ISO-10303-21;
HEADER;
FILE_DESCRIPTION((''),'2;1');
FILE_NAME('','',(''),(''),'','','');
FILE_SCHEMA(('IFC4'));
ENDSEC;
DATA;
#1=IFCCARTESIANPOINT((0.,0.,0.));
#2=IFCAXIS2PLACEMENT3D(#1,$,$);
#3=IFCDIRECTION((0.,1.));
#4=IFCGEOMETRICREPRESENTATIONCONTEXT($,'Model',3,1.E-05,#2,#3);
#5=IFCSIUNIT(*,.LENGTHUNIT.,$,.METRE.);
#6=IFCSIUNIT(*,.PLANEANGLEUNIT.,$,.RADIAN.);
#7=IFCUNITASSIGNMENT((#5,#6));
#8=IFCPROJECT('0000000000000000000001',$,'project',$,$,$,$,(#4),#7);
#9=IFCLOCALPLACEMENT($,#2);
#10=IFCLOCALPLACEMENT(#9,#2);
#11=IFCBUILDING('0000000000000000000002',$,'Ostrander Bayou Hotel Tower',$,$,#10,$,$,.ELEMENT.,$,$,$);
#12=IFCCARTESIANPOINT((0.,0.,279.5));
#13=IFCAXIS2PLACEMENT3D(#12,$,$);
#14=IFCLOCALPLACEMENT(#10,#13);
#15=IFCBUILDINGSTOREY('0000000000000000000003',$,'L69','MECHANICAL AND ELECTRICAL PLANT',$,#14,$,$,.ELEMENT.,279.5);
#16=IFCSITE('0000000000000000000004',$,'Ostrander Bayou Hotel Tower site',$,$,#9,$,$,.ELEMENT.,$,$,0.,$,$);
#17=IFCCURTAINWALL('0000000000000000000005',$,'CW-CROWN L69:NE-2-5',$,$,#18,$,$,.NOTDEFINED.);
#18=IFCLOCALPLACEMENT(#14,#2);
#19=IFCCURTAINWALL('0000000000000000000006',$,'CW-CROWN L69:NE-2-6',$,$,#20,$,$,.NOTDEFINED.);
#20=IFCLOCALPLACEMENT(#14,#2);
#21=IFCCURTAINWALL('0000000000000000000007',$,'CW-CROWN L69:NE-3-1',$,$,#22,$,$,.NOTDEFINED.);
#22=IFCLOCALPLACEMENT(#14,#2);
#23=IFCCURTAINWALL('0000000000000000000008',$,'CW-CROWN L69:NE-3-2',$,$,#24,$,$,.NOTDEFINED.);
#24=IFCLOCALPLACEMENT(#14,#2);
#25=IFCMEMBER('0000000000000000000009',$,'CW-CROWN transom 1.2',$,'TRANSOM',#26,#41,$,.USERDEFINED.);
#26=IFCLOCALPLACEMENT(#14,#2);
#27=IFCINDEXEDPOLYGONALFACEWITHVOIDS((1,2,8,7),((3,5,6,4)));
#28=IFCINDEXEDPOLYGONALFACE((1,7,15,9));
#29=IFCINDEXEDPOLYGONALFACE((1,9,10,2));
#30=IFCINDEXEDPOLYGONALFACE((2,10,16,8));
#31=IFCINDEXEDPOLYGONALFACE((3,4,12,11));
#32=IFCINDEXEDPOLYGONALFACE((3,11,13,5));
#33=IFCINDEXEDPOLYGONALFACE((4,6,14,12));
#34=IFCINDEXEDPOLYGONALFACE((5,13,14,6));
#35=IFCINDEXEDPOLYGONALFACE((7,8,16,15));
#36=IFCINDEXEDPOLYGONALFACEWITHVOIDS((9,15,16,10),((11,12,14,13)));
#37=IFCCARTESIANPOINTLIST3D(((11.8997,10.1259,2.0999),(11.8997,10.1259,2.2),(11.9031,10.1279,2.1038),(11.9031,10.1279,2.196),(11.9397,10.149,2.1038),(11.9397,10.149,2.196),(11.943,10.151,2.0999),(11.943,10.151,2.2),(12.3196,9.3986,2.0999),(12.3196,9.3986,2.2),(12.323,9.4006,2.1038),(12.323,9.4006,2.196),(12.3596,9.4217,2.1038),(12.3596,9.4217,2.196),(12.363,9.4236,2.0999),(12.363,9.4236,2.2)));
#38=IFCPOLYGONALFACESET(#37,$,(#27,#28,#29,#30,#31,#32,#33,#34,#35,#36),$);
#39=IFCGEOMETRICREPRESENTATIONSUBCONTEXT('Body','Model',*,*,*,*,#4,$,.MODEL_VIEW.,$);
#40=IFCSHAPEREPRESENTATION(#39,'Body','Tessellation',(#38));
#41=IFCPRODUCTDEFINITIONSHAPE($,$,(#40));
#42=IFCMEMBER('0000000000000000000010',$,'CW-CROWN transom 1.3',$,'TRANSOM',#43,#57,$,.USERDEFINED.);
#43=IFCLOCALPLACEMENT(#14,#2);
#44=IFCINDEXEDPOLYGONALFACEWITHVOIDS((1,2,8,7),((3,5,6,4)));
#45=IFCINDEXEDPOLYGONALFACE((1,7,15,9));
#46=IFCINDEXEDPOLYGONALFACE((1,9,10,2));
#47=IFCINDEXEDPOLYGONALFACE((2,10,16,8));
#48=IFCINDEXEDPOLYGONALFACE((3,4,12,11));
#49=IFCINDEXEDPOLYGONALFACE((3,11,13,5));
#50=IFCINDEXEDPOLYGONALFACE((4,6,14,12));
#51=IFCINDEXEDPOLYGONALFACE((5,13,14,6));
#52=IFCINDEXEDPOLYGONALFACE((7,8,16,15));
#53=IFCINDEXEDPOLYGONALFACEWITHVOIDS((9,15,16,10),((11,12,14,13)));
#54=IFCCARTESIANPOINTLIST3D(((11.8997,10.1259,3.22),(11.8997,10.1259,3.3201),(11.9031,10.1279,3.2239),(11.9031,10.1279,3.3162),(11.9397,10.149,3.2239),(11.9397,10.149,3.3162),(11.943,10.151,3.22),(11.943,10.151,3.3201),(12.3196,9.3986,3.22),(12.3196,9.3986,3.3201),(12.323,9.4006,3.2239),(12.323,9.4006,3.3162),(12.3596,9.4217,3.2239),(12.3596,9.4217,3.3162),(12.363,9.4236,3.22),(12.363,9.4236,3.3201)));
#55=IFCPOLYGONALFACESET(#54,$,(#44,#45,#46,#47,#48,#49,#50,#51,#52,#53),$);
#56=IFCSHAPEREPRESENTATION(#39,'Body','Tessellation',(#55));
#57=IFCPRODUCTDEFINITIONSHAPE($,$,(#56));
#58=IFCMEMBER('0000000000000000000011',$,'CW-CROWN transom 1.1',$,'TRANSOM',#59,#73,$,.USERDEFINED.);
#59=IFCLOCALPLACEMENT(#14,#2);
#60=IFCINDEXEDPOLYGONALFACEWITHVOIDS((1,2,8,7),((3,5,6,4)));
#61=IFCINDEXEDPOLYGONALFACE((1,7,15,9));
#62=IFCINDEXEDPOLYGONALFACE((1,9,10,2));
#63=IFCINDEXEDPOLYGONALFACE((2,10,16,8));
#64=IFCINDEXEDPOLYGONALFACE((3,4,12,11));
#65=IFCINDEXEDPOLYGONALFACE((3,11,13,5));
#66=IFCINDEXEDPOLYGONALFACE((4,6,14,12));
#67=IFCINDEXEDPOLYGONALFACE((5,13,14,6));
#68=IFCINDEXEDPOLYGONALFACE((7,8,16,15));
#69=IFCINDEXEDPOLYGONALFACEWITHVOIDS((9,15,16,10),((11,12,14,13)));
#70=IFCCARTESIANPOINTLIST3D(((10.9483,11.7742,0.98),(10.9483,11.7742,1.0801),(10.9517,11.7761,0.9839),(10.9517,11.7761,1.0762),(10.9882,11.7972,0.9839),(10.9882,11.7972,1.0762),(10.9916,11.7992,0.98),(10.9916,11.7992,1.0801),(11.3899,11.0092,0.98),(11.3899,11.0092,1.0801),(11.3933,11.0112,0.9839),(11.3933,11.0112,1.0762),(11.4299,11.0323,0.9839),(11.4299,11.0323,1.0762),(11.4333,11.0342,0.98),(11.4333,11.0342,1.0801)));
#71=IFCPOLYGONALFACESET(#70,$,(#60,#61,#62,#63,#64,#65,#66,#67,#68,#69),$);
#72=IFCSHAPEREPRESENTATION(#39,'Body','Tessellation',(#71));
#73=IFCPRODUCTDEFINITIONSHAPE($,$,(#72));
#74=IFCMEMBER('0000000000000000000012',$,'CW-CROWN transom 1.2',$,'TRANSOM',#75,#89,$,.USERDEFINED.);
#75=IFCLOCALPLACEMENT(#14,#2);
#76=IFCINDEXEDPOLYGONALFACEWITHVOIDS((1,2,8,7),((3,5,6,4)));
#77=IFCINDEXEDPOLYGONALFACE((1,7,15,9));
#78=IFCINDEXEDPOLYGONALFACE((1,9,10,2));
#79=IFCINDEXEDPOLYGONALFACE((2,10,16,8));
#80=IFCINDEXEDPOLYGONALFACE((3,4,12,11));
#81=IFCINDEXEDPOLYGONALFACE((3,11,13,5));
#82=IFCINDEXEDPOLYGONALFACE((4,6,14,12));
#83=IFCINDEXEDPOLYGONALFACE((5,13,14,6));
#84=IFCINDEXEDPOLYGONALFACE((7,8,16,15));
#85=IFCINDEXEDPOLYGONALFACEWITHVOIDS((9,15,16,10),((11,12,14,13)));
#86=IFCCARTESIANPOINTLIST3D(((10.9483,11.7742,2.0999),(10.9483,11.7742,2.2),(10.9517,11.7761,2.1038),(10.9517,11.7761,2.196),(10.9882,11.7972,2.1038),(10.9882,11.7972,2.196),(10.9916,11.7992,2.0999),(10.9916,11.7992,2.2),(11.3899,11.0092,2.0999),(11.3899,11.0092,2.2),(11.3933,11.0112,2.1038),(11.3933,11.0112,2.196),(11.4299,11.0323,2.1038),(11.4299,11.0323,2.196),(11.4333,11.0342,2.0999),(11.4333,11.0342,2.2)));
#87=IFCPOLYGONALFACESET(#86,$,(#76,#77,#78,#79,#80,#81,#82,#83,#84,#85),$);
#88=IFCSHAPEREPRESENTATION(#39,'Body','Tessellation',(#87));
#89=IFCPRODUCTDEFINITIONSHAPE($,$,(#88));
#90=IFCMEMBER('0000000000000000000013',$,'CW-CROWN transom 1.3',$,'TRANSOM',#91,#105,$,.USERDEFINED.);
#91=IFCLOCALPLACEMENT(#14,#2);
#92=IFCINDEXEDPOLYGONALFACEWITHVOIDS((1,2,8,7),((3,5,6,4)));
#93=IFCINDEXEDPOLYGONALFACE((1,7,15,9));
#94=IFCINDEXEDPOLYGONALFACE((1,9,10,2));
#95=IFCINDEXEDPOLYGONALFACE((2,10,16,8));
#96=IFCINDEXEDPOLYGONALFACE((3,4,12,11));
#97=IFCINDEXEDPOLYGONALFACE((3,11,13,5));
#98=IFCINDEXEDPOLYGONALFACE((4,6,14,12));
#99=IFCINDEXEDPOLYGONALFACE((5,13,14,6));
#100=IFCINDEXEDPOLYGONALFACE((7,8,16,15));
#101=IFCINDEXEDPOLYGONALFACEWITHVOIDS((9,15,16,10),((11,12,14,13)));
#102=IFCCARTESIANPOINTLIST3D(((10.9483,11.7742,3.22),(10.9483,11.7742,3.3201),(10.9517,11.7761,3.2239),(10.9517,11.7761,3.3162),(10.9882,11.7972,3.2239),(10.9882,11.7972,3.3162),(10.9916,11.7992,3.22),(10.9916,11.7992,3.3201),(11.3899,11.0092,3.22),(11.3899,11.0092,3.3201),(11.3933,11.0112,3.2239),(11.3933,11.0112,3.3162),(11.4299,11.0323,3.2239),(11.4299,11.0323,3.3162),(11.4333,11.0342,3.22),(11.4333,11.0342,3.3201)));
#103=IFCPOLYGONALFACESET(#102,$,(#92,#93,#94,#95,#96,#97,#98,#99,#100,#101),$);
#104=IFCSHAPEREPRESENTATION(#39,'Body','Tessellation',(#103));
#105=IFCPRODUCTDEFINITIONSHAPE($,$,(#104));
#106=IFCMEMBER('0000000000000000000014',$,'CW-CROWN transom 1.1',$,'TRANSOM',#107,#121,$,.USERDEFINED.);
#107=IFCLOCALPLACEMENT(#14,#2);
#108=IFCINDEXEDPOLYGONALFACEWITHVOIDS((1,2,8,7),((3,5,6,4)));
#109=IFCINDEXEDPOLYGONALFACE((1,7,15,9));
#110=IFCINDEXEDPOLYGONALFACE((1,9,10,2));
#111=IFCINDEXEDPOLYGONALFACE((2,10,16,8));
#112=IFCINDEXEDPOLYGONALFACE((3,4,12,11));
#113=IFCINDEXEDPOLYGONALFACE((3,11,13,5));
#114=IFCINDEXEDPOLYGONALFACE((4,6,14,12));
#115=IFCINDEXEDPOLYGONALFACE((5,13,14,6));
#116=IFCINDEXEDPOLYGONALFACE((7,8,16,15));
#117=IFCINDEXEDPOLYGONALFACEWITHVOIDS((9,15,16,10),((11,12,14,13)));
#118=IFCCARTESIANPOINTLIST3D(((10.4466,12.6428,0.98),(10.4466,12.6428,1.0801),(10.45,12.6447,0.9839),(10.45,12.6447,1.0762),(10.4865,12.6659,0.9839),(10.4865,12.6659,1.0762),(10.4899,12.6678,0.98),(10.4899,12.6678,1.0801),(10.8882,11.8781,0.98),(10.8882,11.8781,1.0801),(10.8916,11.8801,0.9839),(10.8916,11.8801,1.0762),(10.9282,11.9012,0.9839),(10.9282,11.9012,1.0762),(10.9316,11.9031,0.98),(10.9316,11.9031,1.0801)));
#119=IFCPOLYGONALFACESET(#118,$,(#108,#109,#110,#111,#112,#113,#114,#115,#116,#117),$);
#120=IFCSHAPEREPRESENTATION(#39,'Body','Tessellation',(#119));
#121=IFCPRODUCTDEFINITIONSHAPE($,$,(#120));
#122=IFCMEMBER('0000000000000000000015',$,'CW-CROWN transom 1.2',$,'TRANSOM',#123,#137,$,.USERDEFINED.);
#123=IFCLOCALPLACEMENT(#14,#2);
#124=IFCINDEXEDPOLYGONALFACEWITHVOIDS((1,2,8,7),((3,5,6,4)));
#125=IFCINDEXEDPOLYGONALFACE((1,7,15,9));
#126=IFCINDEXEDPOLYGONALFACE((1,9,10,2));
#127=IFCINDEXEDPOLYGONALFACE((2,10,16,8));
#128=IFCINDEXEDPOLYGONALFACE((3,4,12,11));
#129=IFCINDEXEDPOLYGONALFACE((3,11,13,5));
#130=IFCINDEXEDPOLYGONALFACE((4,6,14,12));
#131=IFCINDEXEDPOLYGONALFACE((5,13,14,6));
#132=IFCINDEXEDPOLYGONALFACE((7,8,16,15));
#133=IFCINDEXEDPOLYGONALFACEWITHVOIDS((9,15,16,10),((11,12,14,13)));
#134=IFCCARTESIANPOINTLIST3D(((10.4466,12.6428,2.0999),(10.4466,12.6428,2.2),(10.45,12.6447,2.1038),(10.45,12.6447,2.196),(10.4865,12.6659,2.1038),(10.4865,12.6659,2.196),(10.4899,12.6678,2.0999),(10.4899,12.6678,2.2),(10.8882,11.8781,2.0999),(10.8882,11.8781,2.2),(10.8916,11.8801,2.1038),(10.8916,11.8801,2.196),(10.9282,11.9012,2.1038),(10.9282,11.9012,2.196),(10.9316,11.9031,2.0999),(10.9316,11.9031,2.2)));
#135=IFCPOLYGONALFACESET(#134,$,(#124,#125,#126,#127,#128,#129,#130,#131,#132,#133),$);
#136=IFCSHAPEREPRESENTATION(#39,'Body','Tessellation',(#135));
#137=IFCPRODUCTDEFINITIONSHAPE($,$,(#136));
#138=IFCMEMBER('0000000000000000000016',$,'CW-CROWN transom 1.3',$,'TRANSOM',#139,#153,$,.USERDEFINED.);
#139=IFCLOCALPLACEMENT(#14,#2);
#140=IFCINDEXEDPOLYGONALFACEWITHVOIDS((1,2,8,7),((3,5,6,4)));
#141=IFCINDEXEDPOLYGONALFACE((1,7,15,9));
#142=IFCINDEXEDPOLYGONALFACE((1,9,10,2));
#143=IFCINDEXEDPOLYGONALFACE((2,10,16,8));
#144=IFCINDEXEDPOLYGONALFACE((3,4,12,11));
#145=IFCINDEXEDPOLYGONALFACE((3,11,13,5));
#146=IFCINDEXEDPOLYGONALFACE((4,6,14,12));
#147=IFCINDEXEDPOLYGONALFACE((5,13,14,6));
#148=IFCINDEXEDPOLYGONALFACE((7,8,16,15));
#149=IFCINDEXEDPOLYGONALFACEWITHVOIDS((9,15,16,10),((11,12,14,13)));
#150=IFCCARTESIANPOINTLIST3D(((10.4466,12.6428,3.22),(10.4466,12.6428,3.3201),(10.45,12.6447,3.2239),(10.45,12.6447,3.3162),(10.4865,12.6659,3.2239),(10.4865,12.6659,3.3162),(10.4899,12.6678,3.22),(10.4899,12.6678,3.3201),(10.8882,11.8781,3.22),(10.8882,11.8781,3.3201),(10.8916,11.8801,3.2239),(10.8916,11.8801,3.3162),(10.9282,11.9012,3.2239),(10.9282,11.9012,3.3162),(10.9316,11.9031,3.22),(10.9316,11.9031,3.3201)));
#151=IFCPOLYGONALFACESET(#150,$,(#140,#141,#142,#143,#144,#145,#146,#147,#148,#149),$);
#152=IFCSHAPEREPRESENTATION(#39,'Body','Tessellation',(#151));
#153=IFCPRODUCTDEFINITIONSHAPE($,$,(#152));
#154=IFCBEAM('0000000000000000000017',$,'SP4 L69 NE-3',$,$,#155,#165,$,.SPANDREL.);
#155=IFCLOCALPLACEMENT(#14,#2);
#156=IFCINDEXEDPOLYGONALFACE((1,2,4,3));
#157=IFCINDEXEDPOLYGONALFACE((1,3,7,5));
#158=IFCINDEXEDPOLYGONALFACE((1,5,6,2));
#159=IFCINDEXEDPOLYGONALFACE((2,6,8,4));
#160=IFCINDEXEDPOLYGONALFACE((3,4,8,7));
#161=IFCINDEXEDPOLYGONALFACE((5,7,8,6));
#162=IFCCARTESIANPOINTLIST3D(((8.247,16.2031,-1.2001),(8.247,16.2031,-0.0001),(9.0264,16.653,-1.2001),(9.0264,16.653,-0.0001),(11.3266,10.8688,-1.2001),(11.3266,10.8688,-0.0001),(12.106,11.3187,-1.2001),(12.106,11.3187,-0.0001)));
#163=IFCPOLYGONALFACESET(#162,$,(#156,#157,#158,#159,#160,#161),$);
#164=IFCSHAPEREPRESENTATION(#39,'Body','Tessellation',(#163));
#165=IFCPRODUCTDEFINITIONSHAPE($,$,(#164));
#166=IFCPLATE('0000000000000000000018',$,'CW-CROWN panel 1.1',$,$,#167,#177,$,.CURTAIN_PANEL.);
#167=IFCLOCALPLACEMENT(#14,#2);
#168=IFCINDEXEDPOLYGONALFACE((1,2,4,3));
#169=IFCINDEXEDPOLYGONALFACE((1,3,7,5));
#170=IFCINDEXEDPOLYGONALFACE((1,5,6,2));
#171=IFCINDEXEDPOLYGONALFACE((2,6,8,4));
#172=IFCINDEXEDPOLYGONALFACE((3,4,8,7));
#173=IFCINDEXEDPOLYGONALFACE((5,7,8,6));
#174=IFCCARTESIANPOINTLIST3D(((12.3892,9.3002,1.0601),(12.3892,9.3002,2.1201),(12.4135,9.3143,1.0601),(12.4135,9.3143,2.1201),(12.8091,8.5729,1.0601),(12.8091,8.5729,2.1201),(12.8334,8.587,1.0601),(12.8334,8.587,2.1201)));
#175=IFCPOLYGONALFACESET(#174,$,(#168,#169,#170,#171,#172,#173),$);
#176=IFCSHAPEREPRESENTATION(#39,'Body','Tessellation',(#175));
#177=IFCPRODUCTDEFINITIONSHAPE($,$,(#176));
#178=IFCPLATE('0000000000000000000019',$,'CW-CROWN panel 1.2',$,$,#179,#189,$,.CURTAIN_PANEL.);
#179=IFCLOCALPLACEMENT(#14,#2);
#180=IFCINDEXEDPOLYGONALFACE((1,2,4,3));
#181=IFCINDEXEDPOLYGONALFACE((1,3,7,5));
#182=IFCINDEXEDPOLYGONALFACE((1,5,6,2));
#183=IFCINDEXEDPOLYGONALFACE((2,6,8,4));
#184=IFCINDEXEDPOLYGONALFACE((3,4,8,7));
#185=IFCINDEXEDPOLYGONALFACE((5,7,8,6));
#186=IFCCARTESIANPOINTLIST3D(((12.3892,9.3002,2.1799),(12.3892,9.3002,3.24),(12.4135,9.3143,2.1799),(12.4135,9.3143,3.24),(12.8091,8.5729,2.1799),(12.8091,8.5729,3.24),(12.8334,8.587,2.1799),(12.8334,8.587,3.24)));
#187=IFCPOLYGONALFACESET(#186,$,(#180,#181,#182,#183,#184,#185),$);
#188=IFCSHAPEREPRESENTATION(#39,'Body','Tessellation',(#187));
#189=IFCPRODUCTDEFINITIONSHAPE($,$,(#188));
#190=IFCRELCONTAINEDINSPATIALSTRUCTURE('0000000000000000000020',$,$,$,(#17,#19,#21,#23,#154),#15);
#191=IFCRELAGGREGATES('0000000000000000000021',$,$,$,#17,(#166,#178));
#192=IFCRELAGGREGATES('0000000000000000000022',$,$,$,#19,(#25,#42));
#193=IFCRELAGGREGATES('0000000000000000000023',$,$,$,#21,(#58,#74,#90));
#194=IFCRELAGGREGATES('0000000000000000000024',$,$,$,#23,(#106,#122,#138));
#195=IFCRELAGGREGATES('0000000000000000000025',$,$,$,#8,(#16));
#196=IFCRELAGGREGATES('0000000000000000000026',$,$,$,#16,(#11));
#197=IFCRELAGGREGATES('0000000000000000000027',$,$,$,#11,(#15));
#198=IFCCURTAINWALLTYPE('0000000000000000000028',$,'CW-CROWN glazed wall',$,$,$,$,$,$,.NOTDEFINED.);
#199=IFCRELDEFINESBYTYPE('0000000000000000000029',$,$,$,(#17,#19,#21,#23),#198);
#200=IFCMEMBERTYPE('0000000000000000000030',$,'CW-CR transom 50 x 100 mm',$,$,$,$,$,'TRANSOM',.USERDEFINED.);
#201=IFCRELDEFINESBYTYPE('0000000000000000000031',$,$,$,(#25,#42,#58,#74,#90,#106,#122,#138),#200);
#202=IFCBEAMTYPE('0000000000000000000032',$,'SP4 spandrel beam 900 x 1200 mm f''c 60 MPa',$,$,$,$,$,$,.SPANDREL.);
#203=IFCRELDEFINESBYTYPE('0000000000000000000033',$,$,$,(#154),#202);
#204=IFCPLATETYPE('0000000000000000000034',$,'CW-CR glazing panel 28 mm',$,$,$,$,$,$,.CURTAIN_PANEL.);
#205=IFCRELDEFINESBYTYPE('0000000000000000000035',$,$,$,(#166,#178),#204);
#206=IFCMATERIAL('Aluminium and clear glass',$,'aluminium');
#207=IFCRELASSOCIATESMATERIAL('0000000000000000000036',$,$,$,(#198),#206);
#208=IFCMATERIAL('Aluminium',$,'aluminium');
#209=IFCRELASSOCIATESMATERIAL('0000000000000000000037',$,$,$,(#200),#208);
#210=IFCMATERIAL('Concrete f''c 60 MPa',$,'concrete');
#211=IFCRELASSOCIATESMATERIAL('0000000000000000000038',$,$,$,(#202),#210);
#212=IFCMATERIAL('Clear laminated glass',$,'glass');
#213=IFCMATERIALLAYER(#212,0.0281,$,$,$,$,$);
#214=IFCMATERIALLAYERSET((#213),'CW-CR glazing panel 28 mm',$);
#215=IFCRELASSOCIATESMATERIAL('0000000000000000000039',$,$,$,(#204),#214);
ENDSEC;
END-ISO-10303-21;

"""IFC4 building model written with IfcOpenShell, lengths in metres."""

from ifc_helpers import new_model, si_unit, direction, frame, origin, origin_2d, place, context, subcontext, project, spatial, rectangle, hollow_rectangle, extrude, material, layer, layer_set, material_profile, profile_set, type_object, element, aggregate, save


model = new_model("IFC4")

# Units and contexts
model_context = context("Model", 3, precision=1e-05, world=origin(), true_north=direction((0.0, 1.0)))
body_context = subcontext(model_context, "Body", "Model", "MODEL_VIEW")
ifc_project = project(units=[si_unit("LENGTHUNIT", "METRE"), si_unit("PLANEANGLEUNIT", "RADIAN")], contexts=[model_context])

# Site, building, storey
site_placement = place(None, origin())
site = spatial("IfcSite", under=ifc_project, at=site_placement, Name="Ostrander Bayou Hotel Tower site", CompositionType="ELEMENT", RefElevation=0.0)
building_placement = place(site_placement, origin())
building = spatial("IfcBuilding", under=site, at=building_placement, Name="Ostrander Bayou Hotel Tower", CompositionType="ELEMENT")
storey_placement = place(building_placement, frame((0.0, 0.0, 279.5)))
storey = spatial("IfcBuildingStorey", under=building, at=storey_placement, Name="L69", Description="MECHANICAL AND ELECTRICAL PLANT", CompositionType="ELEMENT", Elevation=279.5)

# Curtain wall
ifc_material_1 = material(Name="Aluminium and clear glass", Category="aluminium")
curtain_wall_type = type_object("IfcCurtainWallType", Name="CW-CROWN glazed wall", PredefinedType="NOTDEFINED", material=ifc_material_1)
curtain_wall_1_placement = place(storey_placement, origin())
curtain_wall_1 = element("IfcCurtainWall", 1, at=curtain_wall_1_placement, inside=storey, type_object=curtain_wall_type, Name="CW-CROWN L69:NE-2-5", PredefinedType="NOTDEFINED")

# Curtain walls
curtain_wall_2_placement = place(storey_placement, origin())
curtain_wall_2 = element("IfcCurtainWall", 2, at=curtain_wall_2_placement, inside=storey, type_object=curtain_wall_type, Name="CW-CROWN L69:NE-2-6", PredefinedType="NOTDEFINED")
curtain_wall_3_placement = place(storey_placement, origin())
curtain_wall_3 = element("IfcCurtainWall", 3, at=curtain_wall_3_placement, inside=storey, type_object=curtain_wall_type, Name="CW-CROWN L69:NE-3-1", PredefinedType="NOTDEFINED")
curtain_wall_4_placement = place(storey_placement, origin())
curtain_wall_4 = element("IfcCurtainWall", 4, at=curtain_wall_4_placement, inside=storey, type_object=curtain_wall_type, Name="CW-CROWN L69:NE-3-2", PredefinedType="NOTDEFINED")

# Members
ifc_material_2 = material(Name="Aluminium", Category="aluminium")
ifc_material_profile_1 = material_profile(ifc_material_2, hollow_rectangle(XDim=0.05, YDim=0.1001, WallThickness=0.0039, at=origin_2d()))
ifc_profile_set_1 = profile_set([ifc_material_profile_1], Name="Aluminium")
member_type_1 = type_object("IfcMemberType", Name="CW-CR transom 50 x 100 mm", ElementType="TRANSOM", PredefinedType="USERDEFINED", material=ifc_profile_set_1)
member_1_placement = place(storey_placement, frame((12.3413, 9.4111, 2.1499), z_axis=(-0.500016, 0.866016, 0.0), x_axis=(-0.866016, -0.500016, 0.0)))
member_1 = element("IfcMember", 5, at=member_1_placement, type_object=member_type_1, Name="CW-CROWN transom 1.2", ObjectType="TRANSOM", PredefinedType="USERDEFINED", context=body_context, shape_type="SweptSolid", body=[
    extrude(hollow_rectangle(XDim=0.05, YDim=0.1001, WallThickness=0.0039, at=origin_2d()), origin(), (0.0, 0.0, 1.0), 0.8398),
])
member_2_placement = place(storey_placement, frame((12.3413, 9.4111, 3.27), z_axis=(-0.500016, 0.866016, 0.0), x_axis=(-0.866016, -0.500016, 0.0)))
member_2 = element("IfcMember", 6, at=member_2_placement, type_object=member_type_1, Name="CW-CROWN transom 1.3", ObjectType="TRANSOM", PredefinedType="USERDEFINED", context=body_context, shape_type="SweptSolid", body=[
    extrude(hollow_rectangle(XDim=0.05, YDim=0.1001, WallThickness=0.0039, at=origin_2d()), origin(), (0.0, 0.0, 1.0), 0.8398),
])
member_3_placement = place(storey_placement, frame((11.4116, 11.0217, 1.03), z_axis=(-0.500034, 0.866006, 0.0), x_axis=(-0.866006, -0.500034, 0.0)))
member_3 = element("IfcMember", 7, at=member_3_placement, type_object=member_type_1, Name="CW-CROWN transom 1.1", ObjectType="TRANSOM", PredefinedType="USERDEFINED", context=body_context, shape_type="SweptSolid", body=[
    extrude(hollow_rectangle(XDim=0.05, YDim=0.1001, WallThickness=0.0039, at=origin_2d()), origin(), (0.0, 0.0, 1.0), 0.8833),
])
member_4_placement = place(storey_placement, frame((11.4116, 11.0217, 2.1499), z_axis=(-0.500034, 0.866006, 0.0), x_axis=(-0.866006, -0.500034, 0.0)))
member_4 = element("IfcMember", 8, at=member_4_placement, type_object=member_type_1, Name="CW-CROWN transom 1.2", ObjectType="TRANSOM", PredefinedType="USERDEFINED", context=body_context, shape_type="SweptSolid", body=[
    extrude(hollow_rectangle(XDim=0.05, YDim=0.1001, WallThickness=0.0039, at=origin_2d()), origin(), (0.0, 0.0, 1.0), 0.8833),
])
member_5_placement = place(storey_placement, frame((11.4116, 11.0217, 3.27), z_axis=(-0.500034, 0.866006, 0.0), x_axis=(-0.866006, -0.500034, 0.0)))
member_5 = element("IfcMember", 9, at=member_5_placement, type_object=member_type_1, Name="CW-CROWN transom 1.3", ObjectType="TRANSOM", PredefinedType="USERDEFINED", context=body_context, shape_type="SweptSolid", body=[
    extrude(hollow_rectangle(XDim=0.05, YDim=0.1001, WallThickness=0.0039, at=origin_2d()), origin(), (0.0, 0.0, 1.0), 0.8833),
])
member_6_placement = place(storey_placement, frame((10.9099, 11.8906, 1.03), z_axis=(-0.500153, 0.865937, 0.0), x_axis=(-0.865937, -0.500153, 0.0)))
member_6 = element("IfcMember", 10, at=member_6_placement, type_object=member_type_1, Name="CW-CROWN transom 1.1", ObjectType="TRANSOM", PredefinedType="USERDEFINED", context=body_context, shape_type="SweptSolid", body=[
    extrude(hollow_rectangle(XDim=0.05, YDim=0.1001, WallThickness=0.0039, at=origin_2d()), origin(), (0.0, 0.0, 1.0), 0.8831),
])
member_7_placement = place(storey_placement, frame((10.9099, 11.8906, 2.1499), z_axis=(-0.500153, 0.865937, 0.0), x_axis=(-0.865937, -0.500153, 0.0)))
member_7 = element("IfcMember", 11, at=member_7_placement, type_object=member_type_1, Name="CW-CROWN transom 1.2", ObjectType="TRANSOM", PredefinedType="USERDEFINED", context=body_context, shape_type="SweptSolid", body=[
    extrude(hollow_rectangle(XDim=0.05, YDim=0.1001, WallThickness=0.0039, at=origin_2d()), origin(), (0.0, 0.0, 1.0), 0.8831),
])
member_8_placement = place(storey_placement, frame((10.9099, 11.8906, 3.27), z_axis=(-0.500153, 0.865937, 0.0), x_axis=(-0.865937, -0.500153, 0.0)))
member_8 = element("IfcMember", 12, at=member_8_placement, type_object=member_type_1, Name="CW-CROWN transom 1.3", ObjectType="TRANSOM", PredefinedType="USERDEFINED", context=body_context, shape_type="SweptSolid", body=[
    extrude(hollow_rectangle(XDim=0.05, YDim=0.1001, WallThickness=0.0039, at=origin_2d()), origin(), (0.0, 0.0, 1.0), 0.8831),
])

# Beam
ifc_material_3 = material(Name="Concrete f'c 60 MPa", Category="concrete")
ifc_material_profile_2 = material_profile(ifc_material_3, rectangle(XDim=0.8999, YDim=1.2, at=origin_2d()))
ifc_profile_set_2 = profile_set([ifc_material_profile_2], Name="Concrete f'c 60 MPa")
beam_type = type_object("IfcBeamType", Name="SP4 spandrel beam 900 x 1200 mm f'c 60 MPa", PredefinedType="SPANDREL", material=ifc_profile_set_2)
beam_placement = place(storey_placement, frame((11.7163, 11.0938, -0.6001), z_axis=(-0.499984, 0.866034, 0.0), x_axis=(-0.866034, -0.499984, 0.0)))
element("IfcBeam", 13, at=beam_placement, inside=storey, type_object=beam_type, Name="SP4 L69 NE-3", PredefinedType="SPANDREL", context=body_context, shape_type="SweptSolid", body=[
    extrude(rectangle(XDim=0.8999, YDim=1.2, at=origin_2d()), origin(), (0.0, 0.0, 1.0), 6.1594),
])

# Plates
ifc_material_4 = material(Name="Clear laminated glass", Category="glass")
ifc_layer_1 = layer(ifc_material_4, 0.0281)
ifc_layer_set_1 = layer_set([ifc_layer_1], Name="CW-CR glazing panel 28 mm")
plate_type = type_object("IfcPlateType", Name="CW-CR glazing panel 28 mm", PredefinedType="CURTAIN_PANEL", material=ifc_layer_set_1)
plate_1_placement = place(storey_placement, frame((12.6113, 8.9436, 1.0601), z_axis=(0.0, 0.0, 1.0), x_axis=(-0.500005, 0.866022, 0.0)))
plate_1 = element("IfcPlate", 14, at=plate_1_placement, type_object=plate_type, Name="CW-CROWN panel 1.1", PredefinedType="CURTAIN_PANEL", context=body_context, shape_type="SweptSolid", body=[
    extrude(rectangle(XDim=0.8398, YDim=0.0281, at=origin_2d()), origin(), (0.0, 0.0, 1.0), 1.0601),
])
plate_2_placement = place(storey_placement, frame((12.6113, 8.9436, 2.1799), z_axis=(0.0, 0.0, 1.0), x_axis=(-0.500005, 0.866022, 0.0)))
plate_2 = element("IfcPlate", 15, at=plate_2_placement, type_object=plate_type, Name="CW-CROWN panel 1.2", PredefinedType="CURTAIN_PANEL", context=body_context, shape_type="SweptSolid", body=[
    extrude(rectangle(XDim=0.8398, YDim=0.0281, at=origin_2d()), origin(), (0.0, 0.0, 1.0), 1.0601),
])
aggregate(curtain_wall_1, [plate_1, plate_2])
aggregate(curtain_wall_2, [member_1, member_2])
aggregate(curtain_wall_3, [member_3, member_4, member_5])
aggregate(curtain_wall_4, [member_6, member_7, member_8])

save(model, "model.ifc")
